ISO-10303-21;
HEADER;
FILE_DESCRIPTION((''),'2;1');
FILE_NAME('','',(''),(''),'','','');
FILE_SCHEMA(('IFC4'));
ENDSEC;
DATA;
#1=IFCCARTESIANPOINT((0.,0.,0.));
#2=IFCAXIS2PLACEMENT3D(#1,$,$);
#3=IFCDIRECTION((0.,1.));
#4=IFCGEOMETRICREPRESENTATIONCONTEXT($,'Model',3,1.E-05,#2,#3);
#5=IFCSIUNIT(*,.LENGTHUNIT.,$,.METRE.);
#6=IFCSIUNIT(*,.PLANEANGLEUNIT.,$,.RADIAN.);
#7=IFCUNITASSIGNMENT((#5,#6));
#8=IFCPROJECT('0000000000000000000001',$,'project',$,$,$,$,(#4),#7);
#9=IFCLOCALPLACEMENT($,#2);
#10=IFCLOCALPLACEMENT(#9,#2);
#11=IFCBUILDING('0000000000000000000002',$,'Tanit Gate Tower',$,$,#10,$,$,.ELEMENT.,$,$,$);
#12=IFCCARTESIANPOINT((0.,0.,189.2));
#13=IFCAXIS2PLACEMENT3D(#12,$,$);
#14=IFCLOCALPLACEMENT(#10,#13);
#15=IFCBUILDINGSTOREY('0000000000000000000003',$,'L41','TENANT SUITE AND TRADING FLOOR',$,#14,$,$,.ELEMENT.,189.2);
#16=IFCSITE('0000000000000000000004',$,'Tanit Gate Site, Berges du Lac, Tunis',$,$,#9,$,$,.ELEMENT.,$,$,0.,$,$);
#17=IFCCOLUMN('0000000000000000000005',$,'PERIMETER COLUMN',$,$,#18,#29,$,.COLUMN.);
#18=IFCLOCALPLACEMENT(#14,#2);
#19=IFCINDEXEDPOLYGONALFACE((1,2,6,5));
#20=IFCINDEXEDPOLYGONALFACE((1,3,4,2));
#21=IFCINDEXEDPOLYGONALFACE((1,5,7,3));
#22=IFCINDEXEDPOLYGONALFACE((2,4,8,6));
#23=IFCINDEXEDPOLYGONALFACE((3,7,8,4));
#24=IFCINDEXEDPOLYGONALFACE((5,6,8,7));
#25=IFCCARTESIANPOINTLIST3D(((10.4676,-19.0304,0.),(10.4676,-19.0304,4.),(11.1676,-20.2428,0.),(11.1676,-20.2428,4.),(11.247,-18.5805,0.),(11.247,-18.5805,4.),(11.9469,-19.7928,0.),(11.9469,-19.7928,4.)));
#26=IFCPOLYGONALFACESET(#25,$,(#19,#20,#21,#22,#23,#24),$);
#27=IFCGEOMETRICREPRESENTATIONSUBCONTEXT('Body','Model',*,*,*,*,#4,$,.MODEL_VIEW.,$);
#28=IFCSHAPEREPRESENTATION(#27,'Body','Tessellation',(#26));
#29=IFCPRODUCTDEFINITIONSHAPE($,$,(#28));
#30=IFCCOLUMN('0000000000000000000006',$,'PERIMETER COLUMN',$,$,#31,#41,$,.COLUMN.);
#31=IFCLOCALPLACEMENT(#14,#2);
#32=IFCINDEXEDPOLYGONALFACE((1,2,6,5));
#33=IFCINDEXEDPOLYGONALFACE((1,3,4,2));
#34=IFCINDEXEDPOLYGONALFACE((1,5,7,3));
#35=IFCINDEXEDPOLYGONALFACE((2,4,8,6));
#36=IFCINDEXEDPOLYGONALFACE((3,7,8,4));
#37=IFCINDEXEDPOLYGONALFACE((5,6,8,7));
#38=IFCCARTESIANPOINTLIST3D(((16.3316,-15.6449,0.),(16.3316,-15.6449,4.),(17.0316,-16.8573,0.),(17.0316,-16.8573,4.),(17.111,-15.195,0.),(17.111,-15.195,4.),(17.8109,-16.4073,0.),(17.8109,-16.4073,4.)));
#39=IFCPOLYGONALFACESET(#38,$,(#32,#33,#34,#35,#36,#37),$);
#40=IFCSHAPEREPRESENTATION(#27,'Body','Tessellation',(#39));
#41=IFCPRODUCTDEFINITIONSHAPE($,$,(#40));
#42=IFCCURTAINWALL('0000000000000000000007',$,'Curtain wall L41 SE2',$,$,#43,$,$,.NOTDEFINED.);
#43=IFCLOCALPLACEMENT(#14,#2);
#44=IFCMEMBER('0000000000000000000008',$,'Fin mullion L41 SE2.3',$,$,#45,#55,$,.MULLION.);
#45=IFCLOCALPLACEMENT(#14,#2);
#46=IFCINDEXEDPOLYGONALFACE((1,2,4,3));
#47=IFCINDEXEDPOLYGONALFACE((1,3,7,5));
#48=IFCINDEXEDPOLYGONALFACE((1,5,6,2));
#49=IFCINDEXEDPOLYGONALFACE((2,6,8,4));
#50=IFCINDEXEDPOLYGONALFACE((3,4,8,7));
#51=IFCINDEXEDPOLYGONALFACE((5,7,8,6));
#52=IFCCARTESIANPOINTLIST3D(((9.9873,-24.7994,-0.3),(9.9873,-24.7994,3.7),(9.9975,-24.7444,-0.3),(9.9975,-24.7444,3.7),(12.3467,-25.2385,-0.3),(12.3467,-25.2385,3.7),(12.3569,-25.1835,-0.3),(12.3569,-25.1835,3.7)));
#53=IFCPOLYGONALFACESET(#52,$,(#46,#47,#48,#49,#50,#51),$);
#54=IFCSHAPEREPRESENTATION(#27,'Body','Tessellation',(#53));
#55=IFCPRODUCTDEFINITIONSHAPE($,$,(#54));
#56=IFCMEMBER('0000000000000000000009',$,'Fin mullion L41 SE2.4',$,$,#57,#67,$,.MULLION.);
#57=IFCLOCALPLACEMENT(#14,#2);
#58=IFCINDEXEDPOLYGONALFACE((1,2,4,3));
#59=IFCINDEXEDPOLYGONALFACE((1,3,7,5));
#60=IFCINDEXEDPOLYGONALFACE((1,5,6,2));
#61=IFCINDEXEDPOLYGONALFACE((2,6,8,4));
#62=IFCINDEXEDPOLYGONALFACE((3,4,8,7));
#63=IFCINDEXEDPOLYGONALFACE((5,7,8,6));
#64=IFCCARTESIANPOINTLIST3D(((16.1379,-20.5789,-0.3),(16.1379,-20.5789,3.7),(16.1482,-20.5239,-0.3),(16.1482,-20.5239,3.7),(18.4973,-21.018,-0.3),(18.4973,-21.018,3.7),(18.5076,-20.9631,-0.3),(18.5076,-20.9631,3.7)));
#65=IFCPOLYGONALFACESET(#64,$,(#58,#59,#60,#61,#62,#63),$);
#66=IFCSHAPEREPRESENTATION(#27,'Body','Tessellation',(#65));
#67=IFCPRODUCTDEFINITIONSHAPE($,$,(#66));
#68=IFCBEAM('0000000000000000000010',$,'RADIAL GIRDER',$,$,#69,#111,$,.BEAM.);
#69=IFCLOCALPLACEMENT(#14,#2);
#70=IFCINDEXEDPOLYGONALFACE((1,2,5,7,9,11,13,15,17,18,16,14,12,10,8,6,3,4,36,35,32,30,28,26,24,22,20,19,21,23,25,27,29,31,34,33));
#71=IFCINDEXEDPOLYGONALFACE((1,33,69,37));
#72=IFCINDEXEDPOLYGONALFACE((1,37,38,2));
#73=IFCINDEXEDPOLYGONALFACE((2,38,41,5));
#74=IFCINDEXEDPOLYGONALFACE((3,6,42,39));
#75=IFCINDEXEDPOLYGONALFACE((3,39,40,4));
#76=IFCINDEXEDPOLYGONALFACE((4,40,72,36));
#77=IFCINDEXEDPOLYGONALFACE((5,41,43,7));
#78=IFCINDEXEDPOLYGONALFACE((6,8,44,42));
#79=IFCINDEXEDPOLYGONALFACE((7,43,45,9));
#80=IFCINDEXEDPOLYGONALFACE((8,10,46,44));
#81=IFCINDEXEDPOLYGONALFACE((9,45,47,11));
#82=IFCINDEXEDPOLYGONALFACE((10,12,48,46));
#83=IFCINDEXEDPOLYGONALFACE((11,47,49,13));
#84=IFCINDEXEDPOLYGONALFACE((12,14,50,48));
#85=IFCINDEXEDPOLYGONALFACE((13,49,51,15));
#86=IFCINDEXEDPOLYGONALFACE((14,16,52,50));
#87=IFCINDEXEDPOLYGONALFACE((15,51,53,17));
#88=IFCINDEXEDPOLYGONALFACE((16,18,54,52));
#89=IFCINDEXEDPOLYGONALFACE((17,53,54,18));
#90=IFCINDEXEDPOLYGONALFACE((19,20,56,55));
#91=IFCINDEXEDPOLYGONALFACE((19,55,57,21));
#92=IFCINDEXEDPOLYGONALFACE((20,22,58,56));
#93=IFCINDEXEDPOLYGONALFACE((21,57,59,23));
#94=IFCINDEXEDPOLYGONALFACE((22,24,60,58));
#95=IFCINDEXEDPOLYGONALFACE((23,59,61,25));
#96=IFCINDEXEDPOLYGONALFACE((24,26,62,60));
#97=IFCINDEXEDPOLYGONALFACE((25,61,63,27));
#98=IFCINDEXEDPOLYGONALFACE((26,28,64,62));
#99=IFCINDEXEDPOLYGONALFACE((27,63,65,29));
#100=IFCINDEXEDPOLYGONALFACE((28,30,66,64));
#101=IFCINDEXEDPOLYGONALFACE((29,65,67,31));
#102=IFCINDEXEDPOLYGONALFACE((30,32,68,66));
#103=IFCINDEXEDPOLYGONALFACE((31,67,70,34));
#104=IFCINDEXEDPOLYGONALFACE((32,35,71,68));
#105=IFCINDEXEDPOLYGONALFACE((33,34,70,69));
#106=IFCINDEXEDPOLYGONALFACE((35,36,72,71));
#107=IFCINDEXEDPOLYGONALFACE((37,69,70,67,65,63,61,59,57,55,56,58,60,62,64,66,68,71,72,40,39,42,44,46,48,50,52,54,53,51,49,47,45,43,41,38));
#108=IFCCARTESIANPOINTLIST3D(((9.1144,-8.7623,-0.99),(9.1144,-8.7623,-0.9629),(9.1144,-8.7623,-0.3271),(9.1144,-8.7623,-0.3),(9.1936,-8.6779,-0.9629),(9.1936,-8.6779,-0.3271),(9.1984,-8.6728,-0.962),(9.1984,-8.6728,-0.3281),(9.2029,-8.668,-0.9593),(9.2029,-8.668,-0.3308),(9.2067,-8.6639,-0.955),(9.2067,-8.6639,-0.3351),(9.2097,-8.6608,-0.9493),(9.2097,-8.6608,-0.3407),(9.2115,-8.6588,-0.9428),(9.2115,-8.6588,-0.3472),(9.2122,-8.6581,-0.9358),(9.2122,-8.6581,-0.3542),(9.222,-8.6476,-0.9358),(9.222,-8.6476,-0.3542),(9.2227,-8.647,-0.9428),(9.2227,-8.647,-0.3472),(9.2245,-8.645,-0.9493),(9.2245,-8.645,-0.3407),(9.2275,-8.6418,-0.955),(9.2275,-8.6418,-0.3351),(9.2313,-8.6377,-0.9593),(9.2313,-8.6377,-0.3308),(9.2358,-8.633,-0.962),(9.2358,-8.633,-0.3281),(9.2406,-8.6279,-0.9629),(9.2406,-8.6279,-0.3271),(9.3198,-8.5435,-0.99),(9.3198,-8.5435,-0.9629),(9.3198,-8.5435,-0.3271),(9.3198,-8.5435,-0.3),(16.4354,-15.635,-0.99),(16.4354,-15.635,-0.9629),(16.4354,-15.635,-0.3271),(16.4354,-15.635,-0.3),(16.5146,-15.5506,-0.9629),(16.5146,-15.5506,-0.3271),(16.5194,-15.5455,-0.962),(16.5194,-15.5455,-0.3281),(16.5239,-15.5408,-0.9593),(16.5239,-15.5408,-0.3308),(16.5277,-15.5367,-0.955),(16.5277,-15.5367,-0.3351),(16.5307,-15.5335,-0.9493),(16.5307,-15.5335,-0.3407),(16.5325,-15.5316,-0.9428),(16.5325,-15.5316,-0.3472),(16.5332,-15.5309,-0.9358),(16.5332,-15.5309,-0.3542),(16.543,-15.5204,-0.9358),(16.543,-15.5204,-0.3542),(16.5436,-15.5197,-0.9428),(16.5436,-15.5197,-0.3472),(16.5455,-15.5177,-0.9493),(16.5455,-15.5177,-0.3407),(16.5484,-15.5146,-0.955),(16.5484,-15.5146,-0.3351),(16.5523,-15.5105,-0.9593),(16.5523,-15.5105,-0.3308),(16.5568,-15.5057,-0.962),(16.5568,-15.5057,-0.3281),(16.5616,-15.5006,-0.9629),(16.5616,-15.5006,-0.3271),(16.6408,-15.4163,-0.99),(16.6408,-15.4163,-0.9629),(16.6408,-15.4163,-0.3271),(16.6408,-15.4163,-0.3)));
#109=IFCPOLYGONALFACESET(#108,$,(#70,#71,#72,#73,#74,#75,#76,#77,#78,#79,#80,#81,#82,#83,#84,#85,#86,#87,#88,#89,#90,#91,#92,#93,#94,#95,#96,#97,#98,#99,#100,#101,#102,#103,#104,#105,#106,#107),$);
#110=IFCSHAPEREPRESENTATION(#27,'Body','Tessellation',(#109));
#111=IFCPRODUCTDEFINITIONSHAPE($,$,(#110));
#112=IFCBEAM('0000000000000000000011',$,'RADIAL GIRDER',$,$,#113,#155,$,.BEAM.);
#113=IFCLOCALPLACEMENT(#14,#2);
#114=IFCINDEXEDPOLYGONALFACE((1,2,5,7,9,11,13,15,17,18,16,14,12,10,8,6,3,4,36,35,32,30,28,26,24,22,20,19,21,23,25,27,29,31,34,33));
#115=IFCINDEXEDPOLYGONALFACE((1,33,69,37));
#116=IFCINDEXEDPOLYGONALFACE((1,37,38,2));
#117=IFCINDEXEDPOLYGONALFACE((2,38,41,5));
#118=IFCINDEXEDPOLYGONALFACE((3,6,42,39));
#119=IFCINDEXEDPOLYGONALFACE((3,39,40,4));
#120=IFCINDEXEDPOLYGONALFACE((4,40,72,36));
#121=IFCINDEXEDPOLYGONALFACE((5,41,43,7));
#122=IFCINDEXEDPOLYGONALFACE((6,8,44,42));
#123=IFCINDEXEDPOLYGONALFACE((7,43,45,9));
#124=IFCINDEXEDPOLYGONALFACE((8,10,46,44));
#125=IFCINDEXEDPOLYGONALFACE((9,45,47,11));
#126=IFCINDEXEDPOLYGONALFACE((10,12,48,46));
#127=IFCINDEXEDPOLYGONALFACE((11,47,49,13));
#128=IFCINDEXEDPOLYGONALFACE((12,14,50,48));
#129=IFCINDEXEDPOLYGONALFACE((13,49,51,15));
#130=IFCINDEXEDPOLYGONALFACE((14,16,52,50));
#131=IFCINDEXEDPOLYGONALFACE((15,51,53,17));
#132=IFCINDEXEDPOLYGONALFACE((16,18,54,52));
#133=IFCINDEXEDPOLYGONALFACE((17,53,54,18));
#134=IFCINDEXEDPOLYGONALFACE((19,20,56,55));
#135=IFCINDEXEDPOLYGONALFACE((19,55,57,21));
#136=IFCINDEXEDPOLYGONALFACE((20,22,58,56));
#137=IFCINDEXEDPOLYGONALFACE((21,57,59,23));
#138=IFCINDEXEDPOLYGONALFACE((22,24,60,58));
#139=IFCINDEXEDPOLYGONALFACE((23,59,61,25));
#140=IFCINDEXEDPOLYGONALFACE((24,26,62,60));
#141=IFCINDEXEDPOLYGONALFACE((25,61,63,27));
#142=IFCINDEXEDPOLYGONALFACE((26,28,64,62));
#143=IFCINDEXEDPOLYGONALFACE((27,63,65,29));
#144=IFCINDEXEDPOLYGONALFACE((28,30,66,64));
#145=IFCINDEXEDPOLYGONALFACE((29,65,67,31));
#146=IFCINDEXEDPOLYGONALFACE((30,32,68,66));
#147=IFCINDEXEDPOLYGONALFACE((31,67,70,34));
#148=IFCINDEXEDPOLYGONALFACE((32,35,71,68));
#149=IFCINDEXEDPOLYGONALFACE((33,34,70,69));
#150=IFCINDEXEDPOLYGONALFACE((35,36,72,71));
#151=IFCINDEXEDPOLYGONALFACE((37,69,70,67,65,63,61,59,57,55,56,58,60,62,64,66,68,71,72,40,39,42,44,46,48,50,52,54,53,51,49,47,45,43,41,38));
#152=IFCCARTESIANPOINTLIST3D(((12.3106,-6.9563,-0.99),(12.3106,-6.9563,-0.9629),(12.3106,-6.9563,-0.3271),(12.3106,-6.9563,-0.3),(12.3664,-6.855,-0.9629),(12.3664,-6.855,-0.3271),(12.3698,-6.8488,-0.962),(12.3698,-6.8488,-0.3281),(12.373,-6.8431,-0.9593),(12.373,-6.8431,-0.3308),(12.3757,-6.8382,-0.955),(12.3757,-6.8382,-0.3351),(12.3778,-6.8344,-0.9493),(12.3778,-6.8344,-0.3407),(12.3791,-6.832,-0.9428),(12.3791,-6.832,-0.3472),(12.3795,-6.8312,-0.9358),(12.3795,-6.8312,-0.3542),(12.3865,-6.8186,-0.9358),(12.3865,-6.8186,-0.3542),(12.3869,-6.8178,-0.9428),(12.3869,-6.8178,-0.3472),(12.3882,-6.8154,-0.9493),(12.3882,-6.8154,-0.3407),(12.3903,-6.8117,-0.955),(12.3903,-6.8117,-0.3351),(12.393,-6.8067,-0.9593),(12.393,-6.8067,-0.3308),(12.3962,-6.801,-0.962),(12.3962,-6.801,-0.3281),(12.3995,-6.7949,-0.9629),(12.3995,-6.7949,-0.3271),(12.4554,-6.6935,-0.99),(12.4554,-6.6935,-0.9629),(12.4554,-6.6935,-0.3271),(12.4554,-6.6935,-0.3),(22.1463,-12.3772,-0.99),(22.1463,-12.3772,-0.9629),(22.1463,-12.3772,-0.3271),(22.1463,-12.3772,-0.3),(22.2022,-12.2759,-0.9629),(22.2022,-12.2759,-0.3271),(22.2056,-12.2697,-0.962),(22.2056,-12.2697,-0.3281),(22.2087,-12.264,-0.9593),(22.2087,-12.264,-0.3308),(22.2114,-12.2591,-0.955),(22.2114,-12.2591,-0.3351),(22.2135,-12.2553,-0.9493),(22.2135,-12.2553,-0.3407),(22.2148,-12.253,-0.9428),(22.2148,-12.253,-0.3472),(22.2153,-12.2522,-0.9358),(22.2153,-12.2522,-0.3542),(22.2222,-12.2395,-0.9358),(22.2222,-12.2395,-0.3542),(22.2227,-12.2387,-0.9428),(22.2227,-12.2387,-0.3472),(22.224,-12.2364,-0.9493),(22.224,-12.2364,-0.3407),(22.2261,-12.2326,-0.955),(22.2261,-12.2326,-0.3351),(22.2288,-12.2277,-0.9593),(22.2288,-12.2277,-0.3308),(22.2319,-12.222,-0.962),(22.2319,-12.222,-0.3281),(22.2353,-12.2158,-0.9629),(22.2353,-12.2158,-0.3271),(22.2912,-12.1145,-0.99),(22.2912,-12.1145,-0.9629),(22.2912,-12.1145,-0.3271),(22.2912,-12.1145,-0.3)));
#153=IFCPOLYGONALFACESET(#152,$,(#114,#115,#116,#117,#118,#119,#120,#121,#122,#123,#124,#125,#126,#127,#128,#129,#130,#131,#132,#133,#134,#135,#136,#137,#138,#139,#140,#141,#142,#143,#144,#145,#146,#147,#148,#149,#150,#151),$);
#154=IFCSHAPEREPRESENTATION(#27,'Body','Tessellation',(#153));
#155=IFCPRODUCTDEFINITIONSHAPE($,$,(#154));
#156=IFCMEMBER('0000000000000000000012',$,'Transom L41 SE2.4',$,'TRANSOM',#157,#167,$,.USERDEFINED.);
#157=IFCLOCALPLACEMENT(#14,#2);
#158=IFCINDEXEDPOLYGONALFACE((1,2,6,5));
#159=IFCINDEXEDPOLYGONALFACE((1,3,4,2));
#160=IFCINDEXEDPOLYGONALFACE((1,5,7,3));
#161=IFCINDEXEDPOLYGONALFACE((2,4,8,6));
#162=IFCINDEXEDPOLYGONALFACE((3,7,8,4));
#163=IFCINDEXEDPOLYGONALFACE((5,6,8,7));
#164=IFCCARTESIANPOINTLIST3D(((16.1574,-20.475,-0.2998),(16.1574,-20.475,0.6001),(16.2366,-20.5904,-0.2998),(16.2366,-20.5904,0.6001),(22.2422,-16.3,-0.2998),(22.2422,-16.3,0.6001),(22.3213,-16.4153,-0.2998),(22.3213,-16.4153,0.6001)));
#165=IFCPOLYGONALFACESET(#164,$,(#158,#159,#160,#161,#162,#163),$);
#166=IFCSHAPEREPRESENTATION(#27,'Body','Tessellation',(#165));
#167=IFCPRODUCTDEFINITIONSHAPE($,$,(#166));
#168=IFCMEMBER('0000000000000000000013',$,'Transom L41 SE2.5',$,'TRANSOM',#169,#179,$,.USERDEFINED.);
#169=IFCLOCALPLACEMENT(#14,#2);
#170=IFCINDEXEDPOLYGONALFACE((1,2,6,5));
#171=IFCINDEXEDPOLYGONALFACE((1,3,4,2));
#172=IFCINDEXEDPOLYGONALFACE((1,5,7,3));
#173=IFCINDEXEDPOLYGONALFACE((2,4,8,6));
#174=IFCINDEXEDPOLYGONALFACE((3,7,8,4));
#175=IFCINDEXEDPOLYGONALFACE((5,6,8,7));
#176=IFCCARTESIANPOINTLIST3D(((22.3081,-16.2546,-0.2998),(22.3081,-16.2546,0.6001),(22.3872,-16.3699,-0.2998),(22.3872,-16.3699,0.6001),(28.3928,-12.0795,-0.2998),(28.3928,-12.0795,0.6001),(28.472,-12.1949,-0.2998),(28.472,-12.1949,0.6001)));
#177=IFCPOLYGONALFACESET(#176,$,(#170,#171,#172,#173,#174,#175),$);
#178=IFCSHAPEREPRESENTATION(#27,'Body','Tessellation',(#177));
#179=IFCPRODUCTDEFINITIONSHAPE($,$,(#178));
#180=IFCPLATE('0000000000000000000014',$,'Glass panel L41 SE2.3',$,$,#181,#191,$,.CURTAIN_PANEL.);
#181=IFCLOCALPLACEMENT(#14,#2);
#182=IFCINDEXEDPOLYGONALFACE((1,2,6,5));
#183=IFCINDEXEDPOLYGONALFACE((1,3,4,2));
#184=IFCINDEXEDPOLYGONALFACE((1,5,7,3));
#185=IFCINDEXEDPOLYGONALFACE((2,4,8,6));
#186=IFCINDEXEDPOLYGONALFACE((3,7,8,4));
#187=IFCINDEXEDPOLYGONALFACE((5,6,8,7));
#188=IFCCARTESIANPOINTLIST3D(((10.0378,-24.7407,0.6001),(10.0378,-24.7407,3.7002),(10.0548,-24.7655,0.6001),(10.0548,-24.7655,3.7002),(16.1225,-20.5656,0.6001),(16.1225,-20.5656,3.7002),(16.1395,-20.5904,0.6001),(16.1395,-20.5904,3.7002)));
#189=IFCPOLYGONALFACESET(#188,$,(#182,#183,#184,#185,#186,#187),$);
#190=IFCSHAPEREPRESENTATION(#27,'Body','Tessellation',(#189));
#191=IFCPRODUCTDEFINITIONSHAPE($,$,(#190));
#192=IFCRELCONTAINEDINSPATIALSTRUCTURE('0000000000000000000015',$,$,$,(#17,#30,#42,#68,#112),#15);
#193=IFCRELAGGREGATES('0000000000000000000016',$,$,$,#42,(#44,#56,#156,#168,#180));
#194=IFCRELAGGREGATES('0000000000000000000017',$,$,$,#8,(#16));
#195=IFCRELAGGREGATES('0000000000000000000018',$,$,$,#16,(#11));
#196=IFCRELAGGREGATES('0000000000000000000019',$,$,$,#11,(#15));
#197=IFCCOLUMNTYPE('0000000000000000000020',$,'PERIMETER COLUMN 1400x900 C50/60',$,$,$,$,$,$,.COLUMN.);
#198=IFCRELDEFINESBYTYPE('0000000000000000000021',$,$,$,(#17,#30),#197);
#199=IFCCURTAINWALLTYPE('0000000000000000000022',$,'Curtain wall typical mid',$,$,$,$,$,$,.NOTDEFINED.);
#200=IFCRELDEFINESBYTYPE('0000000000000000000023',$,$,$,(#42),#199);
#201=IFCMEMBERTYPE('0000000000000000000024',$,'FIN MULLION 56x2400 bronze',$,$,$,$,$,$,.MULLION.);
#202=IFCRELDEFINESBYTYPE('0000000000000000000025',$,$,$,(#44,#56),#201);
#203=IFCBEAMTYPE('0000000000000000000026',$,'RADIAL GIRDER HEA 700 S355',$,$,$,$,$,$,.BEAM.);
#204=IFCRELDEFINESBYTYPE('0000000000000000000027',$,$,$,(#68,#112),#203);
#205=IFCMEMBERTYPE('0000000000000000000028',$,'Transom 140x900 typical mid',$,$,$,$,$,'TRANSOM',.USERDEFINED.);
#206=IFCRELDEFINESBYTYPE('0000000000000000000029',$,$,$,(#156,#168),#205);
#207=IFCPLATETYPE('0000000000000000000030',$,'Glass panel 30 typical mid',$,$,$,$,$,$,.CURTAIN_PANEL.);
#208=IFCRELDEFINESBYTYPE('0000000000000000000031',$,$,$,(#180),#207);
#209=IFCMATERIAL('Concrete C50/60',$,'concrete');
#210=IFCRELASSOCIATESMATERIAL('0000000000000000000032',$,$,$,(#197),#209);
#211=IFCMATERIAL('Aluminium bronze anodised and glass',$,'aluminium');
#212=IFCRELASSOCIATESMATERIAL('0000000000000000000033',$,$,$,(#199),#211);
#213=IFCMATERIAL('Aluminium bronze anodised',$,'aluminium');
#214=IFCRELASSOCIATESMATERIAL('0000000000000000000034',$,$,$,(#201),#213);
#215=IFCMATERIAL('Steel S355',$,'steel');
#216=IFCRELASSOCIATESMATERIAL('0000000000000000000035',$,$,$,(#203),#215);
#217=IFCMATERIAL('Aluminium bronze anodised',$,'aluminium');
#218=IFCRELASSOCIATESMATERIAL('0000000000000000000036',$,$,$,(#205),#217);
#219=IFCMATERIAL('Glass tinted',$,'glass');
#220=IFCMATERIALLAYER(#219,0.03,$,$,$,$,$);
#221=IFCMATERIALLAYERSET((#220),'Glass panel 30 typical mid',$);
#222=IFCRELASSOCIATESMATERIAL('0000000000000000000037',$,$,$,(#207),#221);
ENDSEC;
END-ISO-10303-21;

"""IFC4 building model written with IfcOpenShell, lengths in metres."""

from ifc_helpers import new_model, si_unit, direction, frame, origin, origin_2d, place, context, subcontext, project, spatial, rectangle, i_section, extrude, material, layer, layer_set, material_profile, profile_set, type_object, element, aggregate, save


model = new_model("IFC4")

# Units and contexts
model_context = context("Model", 3, precision=1e-05, world=origin(), true_north=direction((0.0, 1.0)))
body_context = subcontext(model_context, "Body", "Model", "MODEL_VIEW")
ifc_project = project(units=[si_unit("LENGTHUNIT", "METRE"), si_unit("PLANEANGLEUNIT", "RADIAN")], contexts=[model_context])

# Site, building, storey
site_placement = place(None, origin())
site = spatial("IfcSite", under=ifc_project, at=site_placement, Name="Tanit Gate Site, Berges du Lac, Tunis", CompositionType="ELEMENT", RefElevation=0.0)
building_placement = place(site_placement, origin())
building = spatial("IfcBuilding", under=site, at=building_placement, Name="Tanit Gate Tower", CompositionType="ELEMENT")
storey_placement = place(building_placement, frame((0.0, 0.0, 189.2)))
storey = spatial("IfcBuildingStorey", under=building, at=storey_placement, Name="L41", Description="TENANT SUITE AND TRADING FLOOR", CompositionType="ELEMENT", Elevation=189.2)

# Columns
ifc_material_1 = material(Name="Concrete C50/60", Category="concrete")
ifc_material_profile_1 = material_profile(ifc_material_1, rectangle(XDim=1.3999, YDim=0.8999, at=origin_2d()), Name="RC 1400x900")
ifc_profile_set_1 = profile_set([ifc_material_profile_1], Name="Concrete C50/60")
column_type = type_object("IfcColumnType", Name="PERIMETER COLUMN 1400x900 C50/60", PredefinedType="COLUMN", material=ifc_profile_set_1)
for number, where, z_axis, x_axis, name in (
    (1, (11.2073, -19.4116, 0.0), (0.0, 0.0, 1.0), (0.5, -0.866025, 0.0), "PERIMETER COLUMN"),
    (2, (17.0713, -16.0261, 0.0), (0.0, 0.0, 1.0), (0.5, -0.866025, 0.0), "PERIMETER COLUMN"),
):
    element("IfcColumn", number, at=place(storey_placement, frame(where, z_axis=z_axis, x_axis=x_axis)), inside=storey, type_object=column_type, Name=name, PredefinedType="COLUMN", context=body_context, shape_type="SweptSolid", body=[
        extrude(rectangle(XDim=1.3999, YDim=0.8999, at=origin_2d()), origin(), (0.0, 0.0, 1.0), 4.0),
    ])

# Curtain wall, members
ifc_material_2 = material(Name="Aluminium bronze anodised and glass", Category="aluminium")
curtain_wall_type = type_object("IfcCurtainWallType", Name="Curtain wall typical mid", PredefinedType="NOTDEFINED", material=ifc_material_2)
curtain_wall_placement = place(storey_placement, origin())
curtain_wall = element("IfcCurtainWall", 3, at=curtain_wall_placement, inside=storey, type_object=curtain_wall_type, Name="Curtain wall L41 SE2", PredefinedType="NOTDEFINED")
ifc_material_3 = material(Name="Aluminium bronze anodised", Category="aluminium")
ifc_material_profile_2 = material_profile(ifc_material_3, rectangle(XDim=2.3999, YDim=0.0559, at=origin_2d()), Name="56x2400 bronze fin mullion")
ifc_profile_set_2 = profile_set([ifc_material_profile_2], Name="Aluminium bronze anodised")
member_type_1 = type_object("IfcMemberType", Name="FIN MULLION 56x2400 bronze", PredefinedType="MULLION", material=ifc_profile_set_2)
member_1_placement = place(storey_placement, frame((11.1721, -24.9915, -0.3), z_axis=(0.0, 0.0, 1.0), x_axis=(-0.983116, 0.182983, 0.0)))
member_1 = element("IfcMember", 4, at=member_1_placement, type_object=member_type_1, Name="Fin mullion L41 SE2.3", PredefinedType="MULLION", context=body_context, shape_type="SweptSolid", body=[
    extrude(rectangle(XDim=2.3999, YDim=0.0559, at=origin_2d()), origin(), (0.0, 0.0, 1.0), 4.0),
])
member_2_placement = place(storey_placement, frame((17.3228, -20.771, -0.3), z_axis=(0.0, 0.0, 1.0), x_axis=(-0.983116, 0.182983, 0.0)))
member_2 = element("IfcMember", 5, at=member_2_placement, type_object=member_type_1, Name="Fin mullion L41 SE2.4", PredefinedType="MULLION", context=body_context, shape_type="SweptSolid", body=[
    extrude(rectangle(XDim=2.3999, YDim=0.0559, at=origin_2d()), origin(), (0.0, 0.0, 1.0), 4.0),
])

# Beams
ifc_material_4 = material(Name="Steel S355", Category="steel")
ifc_material_profile_3 = material_profile(ifc_material_4, i_section(OverallWidth=0.3, OverallDepth=0.6899, WebThickness=0.0144, FlangeThickness=0.0271, FilletRadius=0.0271, at=origin_2d()), Name="HEA 700")
ifc_profile_set_3 = profile_set([ifc_material_profile_3], Name="Steel S355")
beam_type = type_object("IfcBeamType", Name="RADIAL GIRDER HEA 700 S355", PredefinedType="BEAM", material=ifc_profile_set_3)
beam_1_placement = place(storey_placement, frame((16.5381, -15.5256, -0.645), z_axis=(-0.729074, 0.684435, 0.0), x_axis=(-0.684435, -0.729074, 0.0)))
element("IfcBeam", 6, at=beam_1_placement, inside=storey, type_object=beam_type, Name="RADIAL GIRDER", PredefinedType="BEAM", context=body_context, shape_type="SweptSolid", body=[
    extrude(i_section(OverallWidth=0.3, OverallDepth=0.6899, WebThickness=0.0144, FlangeThickness=0.0271, FilletRadius=0.0271, at=origin_2d()), origin(), (0.0, 0.0, 1.0), 10.0415),
])
beam_2_placement = place(storey_placement, frame((22.2188, -12.2458, -0.645), z_axis=(-0.875792, 0.482689, 0.0), x_axis=(-0.482689, -0.875792, 0.0)))
element("IfcBeam", 7, at=beam_2_placement, inside=storey, type_object=beam_type, Name="RADIAL GIRDER", PredefinedType="BEAM", context=body_context, shape_type="SweptSolid", body=[
    extrude(i_section(OverallWidth=0.3, OverallDepth=0.6899, WebThickness=0.0144, FlangeThickness=0.0271, FilletRadius=0.0271, at=origin_2d()), origin(), (0.0, 0.0, 1.0), 11.2307),
])

# Members
ifc_material_5 = material(Name="Aluminium bronze anodised", Category="aluminium")
ifc_material_profile_4 = material_profile(ifc_material_5, rectangle(XDim=0.1399, YDim=0.8999, at=origin_2d()), Name="140x900 bronze transom")
ifc_profile_set_4 = profile_set([ifc_material_profile_4], Name="Aluminium bronze anodised")
member_type_2 = type_object("IfcMemberType", Name="Transom 140x900 typical mid", ElementType="TRANSOM", PredefinedType="USERDEFINED", material=ifc_profile_set_4)
member_3_placement = place(storey_placement, frame((16.197, -20.5327, 0.1501), z_axis=(0.82456, 0.565775, 0.0), x_axis=(-0.565775, 0.82456, 0.0)))
member_3 = element("IfcMember", 8, at=member_3_placement, type_object=member_type_2, Name="Transom L41 SE2.4", ObjectType="TRANSOM", PredefinedType="USERDEFINED", context=body_context, shape_type="SweptSolid", body=[
    extrude(rectangle(XDim=0.1399, YDim=0.8999, at=origin_2d()), origin(), (0.0, 0.0, 1.0), 7.3794),
])
member_4_placement = place(storey_placement, frame((22.3477, -16.3123, 0.1501), z_axis=(0.82456, 0.565775, 0.0), x_axis=(-0.565775, 0.82456, 0.0)))
member_4 = element("IfcMember", 9, at=member_4_placement, type_object=member_type_2, Name="Transom L41 SE2.5", ObjectType="TRANSOM", PredefinedType="USERDEFINED", context=body_context, shape_type="SweptSolid", body=[
    extrude(rectangle(XDim=0.1399, YDim=0.8999, at=origin_2d()), origin(), (0.0, 0.0, 1.0), 7.3794),
])

# Plate
ifc_material_6 = material(Name="Glass tinted", Category="glass")
ifc_layer_1 = layer(ifc_material_6, 0.03)
ifc_layer_set_1 = layer_set([ifc_layer_1], Name="Glass panel 30 typical mid")
plate_type = type_object("IfcPlateType", Name="Glass panel 30 typical mid", PredefinedType="CURTAIN_PANEL", material=ifc_layer_set_1)
plate_1_placement = place(storey_placement, frame((13.0886, -22.6655, 0.6001), z_axis=(0.0, 0.0, 1.0), x_axis=(0.824557, 0.56578, 0.0)))
plate_1 = element("IfcPlate", 10, at=plate_1_placement, type_object=plate_type, Name="Glass panel L41 SE2.3", PredefinedType="CURTAIN_PANEL", context=body_context, shape_type="SweptSolid", body=[
    extrude(rectangle(XDim=7.3794, YDim=0.03, at=origin_2d()), origin(), (0.0, 0.0, 1.0), 3.1001),
])
aggregate(curtain_wall, [member_1, member_2, member_3, member_4, plate_1])

save(model, "model.ifc")
